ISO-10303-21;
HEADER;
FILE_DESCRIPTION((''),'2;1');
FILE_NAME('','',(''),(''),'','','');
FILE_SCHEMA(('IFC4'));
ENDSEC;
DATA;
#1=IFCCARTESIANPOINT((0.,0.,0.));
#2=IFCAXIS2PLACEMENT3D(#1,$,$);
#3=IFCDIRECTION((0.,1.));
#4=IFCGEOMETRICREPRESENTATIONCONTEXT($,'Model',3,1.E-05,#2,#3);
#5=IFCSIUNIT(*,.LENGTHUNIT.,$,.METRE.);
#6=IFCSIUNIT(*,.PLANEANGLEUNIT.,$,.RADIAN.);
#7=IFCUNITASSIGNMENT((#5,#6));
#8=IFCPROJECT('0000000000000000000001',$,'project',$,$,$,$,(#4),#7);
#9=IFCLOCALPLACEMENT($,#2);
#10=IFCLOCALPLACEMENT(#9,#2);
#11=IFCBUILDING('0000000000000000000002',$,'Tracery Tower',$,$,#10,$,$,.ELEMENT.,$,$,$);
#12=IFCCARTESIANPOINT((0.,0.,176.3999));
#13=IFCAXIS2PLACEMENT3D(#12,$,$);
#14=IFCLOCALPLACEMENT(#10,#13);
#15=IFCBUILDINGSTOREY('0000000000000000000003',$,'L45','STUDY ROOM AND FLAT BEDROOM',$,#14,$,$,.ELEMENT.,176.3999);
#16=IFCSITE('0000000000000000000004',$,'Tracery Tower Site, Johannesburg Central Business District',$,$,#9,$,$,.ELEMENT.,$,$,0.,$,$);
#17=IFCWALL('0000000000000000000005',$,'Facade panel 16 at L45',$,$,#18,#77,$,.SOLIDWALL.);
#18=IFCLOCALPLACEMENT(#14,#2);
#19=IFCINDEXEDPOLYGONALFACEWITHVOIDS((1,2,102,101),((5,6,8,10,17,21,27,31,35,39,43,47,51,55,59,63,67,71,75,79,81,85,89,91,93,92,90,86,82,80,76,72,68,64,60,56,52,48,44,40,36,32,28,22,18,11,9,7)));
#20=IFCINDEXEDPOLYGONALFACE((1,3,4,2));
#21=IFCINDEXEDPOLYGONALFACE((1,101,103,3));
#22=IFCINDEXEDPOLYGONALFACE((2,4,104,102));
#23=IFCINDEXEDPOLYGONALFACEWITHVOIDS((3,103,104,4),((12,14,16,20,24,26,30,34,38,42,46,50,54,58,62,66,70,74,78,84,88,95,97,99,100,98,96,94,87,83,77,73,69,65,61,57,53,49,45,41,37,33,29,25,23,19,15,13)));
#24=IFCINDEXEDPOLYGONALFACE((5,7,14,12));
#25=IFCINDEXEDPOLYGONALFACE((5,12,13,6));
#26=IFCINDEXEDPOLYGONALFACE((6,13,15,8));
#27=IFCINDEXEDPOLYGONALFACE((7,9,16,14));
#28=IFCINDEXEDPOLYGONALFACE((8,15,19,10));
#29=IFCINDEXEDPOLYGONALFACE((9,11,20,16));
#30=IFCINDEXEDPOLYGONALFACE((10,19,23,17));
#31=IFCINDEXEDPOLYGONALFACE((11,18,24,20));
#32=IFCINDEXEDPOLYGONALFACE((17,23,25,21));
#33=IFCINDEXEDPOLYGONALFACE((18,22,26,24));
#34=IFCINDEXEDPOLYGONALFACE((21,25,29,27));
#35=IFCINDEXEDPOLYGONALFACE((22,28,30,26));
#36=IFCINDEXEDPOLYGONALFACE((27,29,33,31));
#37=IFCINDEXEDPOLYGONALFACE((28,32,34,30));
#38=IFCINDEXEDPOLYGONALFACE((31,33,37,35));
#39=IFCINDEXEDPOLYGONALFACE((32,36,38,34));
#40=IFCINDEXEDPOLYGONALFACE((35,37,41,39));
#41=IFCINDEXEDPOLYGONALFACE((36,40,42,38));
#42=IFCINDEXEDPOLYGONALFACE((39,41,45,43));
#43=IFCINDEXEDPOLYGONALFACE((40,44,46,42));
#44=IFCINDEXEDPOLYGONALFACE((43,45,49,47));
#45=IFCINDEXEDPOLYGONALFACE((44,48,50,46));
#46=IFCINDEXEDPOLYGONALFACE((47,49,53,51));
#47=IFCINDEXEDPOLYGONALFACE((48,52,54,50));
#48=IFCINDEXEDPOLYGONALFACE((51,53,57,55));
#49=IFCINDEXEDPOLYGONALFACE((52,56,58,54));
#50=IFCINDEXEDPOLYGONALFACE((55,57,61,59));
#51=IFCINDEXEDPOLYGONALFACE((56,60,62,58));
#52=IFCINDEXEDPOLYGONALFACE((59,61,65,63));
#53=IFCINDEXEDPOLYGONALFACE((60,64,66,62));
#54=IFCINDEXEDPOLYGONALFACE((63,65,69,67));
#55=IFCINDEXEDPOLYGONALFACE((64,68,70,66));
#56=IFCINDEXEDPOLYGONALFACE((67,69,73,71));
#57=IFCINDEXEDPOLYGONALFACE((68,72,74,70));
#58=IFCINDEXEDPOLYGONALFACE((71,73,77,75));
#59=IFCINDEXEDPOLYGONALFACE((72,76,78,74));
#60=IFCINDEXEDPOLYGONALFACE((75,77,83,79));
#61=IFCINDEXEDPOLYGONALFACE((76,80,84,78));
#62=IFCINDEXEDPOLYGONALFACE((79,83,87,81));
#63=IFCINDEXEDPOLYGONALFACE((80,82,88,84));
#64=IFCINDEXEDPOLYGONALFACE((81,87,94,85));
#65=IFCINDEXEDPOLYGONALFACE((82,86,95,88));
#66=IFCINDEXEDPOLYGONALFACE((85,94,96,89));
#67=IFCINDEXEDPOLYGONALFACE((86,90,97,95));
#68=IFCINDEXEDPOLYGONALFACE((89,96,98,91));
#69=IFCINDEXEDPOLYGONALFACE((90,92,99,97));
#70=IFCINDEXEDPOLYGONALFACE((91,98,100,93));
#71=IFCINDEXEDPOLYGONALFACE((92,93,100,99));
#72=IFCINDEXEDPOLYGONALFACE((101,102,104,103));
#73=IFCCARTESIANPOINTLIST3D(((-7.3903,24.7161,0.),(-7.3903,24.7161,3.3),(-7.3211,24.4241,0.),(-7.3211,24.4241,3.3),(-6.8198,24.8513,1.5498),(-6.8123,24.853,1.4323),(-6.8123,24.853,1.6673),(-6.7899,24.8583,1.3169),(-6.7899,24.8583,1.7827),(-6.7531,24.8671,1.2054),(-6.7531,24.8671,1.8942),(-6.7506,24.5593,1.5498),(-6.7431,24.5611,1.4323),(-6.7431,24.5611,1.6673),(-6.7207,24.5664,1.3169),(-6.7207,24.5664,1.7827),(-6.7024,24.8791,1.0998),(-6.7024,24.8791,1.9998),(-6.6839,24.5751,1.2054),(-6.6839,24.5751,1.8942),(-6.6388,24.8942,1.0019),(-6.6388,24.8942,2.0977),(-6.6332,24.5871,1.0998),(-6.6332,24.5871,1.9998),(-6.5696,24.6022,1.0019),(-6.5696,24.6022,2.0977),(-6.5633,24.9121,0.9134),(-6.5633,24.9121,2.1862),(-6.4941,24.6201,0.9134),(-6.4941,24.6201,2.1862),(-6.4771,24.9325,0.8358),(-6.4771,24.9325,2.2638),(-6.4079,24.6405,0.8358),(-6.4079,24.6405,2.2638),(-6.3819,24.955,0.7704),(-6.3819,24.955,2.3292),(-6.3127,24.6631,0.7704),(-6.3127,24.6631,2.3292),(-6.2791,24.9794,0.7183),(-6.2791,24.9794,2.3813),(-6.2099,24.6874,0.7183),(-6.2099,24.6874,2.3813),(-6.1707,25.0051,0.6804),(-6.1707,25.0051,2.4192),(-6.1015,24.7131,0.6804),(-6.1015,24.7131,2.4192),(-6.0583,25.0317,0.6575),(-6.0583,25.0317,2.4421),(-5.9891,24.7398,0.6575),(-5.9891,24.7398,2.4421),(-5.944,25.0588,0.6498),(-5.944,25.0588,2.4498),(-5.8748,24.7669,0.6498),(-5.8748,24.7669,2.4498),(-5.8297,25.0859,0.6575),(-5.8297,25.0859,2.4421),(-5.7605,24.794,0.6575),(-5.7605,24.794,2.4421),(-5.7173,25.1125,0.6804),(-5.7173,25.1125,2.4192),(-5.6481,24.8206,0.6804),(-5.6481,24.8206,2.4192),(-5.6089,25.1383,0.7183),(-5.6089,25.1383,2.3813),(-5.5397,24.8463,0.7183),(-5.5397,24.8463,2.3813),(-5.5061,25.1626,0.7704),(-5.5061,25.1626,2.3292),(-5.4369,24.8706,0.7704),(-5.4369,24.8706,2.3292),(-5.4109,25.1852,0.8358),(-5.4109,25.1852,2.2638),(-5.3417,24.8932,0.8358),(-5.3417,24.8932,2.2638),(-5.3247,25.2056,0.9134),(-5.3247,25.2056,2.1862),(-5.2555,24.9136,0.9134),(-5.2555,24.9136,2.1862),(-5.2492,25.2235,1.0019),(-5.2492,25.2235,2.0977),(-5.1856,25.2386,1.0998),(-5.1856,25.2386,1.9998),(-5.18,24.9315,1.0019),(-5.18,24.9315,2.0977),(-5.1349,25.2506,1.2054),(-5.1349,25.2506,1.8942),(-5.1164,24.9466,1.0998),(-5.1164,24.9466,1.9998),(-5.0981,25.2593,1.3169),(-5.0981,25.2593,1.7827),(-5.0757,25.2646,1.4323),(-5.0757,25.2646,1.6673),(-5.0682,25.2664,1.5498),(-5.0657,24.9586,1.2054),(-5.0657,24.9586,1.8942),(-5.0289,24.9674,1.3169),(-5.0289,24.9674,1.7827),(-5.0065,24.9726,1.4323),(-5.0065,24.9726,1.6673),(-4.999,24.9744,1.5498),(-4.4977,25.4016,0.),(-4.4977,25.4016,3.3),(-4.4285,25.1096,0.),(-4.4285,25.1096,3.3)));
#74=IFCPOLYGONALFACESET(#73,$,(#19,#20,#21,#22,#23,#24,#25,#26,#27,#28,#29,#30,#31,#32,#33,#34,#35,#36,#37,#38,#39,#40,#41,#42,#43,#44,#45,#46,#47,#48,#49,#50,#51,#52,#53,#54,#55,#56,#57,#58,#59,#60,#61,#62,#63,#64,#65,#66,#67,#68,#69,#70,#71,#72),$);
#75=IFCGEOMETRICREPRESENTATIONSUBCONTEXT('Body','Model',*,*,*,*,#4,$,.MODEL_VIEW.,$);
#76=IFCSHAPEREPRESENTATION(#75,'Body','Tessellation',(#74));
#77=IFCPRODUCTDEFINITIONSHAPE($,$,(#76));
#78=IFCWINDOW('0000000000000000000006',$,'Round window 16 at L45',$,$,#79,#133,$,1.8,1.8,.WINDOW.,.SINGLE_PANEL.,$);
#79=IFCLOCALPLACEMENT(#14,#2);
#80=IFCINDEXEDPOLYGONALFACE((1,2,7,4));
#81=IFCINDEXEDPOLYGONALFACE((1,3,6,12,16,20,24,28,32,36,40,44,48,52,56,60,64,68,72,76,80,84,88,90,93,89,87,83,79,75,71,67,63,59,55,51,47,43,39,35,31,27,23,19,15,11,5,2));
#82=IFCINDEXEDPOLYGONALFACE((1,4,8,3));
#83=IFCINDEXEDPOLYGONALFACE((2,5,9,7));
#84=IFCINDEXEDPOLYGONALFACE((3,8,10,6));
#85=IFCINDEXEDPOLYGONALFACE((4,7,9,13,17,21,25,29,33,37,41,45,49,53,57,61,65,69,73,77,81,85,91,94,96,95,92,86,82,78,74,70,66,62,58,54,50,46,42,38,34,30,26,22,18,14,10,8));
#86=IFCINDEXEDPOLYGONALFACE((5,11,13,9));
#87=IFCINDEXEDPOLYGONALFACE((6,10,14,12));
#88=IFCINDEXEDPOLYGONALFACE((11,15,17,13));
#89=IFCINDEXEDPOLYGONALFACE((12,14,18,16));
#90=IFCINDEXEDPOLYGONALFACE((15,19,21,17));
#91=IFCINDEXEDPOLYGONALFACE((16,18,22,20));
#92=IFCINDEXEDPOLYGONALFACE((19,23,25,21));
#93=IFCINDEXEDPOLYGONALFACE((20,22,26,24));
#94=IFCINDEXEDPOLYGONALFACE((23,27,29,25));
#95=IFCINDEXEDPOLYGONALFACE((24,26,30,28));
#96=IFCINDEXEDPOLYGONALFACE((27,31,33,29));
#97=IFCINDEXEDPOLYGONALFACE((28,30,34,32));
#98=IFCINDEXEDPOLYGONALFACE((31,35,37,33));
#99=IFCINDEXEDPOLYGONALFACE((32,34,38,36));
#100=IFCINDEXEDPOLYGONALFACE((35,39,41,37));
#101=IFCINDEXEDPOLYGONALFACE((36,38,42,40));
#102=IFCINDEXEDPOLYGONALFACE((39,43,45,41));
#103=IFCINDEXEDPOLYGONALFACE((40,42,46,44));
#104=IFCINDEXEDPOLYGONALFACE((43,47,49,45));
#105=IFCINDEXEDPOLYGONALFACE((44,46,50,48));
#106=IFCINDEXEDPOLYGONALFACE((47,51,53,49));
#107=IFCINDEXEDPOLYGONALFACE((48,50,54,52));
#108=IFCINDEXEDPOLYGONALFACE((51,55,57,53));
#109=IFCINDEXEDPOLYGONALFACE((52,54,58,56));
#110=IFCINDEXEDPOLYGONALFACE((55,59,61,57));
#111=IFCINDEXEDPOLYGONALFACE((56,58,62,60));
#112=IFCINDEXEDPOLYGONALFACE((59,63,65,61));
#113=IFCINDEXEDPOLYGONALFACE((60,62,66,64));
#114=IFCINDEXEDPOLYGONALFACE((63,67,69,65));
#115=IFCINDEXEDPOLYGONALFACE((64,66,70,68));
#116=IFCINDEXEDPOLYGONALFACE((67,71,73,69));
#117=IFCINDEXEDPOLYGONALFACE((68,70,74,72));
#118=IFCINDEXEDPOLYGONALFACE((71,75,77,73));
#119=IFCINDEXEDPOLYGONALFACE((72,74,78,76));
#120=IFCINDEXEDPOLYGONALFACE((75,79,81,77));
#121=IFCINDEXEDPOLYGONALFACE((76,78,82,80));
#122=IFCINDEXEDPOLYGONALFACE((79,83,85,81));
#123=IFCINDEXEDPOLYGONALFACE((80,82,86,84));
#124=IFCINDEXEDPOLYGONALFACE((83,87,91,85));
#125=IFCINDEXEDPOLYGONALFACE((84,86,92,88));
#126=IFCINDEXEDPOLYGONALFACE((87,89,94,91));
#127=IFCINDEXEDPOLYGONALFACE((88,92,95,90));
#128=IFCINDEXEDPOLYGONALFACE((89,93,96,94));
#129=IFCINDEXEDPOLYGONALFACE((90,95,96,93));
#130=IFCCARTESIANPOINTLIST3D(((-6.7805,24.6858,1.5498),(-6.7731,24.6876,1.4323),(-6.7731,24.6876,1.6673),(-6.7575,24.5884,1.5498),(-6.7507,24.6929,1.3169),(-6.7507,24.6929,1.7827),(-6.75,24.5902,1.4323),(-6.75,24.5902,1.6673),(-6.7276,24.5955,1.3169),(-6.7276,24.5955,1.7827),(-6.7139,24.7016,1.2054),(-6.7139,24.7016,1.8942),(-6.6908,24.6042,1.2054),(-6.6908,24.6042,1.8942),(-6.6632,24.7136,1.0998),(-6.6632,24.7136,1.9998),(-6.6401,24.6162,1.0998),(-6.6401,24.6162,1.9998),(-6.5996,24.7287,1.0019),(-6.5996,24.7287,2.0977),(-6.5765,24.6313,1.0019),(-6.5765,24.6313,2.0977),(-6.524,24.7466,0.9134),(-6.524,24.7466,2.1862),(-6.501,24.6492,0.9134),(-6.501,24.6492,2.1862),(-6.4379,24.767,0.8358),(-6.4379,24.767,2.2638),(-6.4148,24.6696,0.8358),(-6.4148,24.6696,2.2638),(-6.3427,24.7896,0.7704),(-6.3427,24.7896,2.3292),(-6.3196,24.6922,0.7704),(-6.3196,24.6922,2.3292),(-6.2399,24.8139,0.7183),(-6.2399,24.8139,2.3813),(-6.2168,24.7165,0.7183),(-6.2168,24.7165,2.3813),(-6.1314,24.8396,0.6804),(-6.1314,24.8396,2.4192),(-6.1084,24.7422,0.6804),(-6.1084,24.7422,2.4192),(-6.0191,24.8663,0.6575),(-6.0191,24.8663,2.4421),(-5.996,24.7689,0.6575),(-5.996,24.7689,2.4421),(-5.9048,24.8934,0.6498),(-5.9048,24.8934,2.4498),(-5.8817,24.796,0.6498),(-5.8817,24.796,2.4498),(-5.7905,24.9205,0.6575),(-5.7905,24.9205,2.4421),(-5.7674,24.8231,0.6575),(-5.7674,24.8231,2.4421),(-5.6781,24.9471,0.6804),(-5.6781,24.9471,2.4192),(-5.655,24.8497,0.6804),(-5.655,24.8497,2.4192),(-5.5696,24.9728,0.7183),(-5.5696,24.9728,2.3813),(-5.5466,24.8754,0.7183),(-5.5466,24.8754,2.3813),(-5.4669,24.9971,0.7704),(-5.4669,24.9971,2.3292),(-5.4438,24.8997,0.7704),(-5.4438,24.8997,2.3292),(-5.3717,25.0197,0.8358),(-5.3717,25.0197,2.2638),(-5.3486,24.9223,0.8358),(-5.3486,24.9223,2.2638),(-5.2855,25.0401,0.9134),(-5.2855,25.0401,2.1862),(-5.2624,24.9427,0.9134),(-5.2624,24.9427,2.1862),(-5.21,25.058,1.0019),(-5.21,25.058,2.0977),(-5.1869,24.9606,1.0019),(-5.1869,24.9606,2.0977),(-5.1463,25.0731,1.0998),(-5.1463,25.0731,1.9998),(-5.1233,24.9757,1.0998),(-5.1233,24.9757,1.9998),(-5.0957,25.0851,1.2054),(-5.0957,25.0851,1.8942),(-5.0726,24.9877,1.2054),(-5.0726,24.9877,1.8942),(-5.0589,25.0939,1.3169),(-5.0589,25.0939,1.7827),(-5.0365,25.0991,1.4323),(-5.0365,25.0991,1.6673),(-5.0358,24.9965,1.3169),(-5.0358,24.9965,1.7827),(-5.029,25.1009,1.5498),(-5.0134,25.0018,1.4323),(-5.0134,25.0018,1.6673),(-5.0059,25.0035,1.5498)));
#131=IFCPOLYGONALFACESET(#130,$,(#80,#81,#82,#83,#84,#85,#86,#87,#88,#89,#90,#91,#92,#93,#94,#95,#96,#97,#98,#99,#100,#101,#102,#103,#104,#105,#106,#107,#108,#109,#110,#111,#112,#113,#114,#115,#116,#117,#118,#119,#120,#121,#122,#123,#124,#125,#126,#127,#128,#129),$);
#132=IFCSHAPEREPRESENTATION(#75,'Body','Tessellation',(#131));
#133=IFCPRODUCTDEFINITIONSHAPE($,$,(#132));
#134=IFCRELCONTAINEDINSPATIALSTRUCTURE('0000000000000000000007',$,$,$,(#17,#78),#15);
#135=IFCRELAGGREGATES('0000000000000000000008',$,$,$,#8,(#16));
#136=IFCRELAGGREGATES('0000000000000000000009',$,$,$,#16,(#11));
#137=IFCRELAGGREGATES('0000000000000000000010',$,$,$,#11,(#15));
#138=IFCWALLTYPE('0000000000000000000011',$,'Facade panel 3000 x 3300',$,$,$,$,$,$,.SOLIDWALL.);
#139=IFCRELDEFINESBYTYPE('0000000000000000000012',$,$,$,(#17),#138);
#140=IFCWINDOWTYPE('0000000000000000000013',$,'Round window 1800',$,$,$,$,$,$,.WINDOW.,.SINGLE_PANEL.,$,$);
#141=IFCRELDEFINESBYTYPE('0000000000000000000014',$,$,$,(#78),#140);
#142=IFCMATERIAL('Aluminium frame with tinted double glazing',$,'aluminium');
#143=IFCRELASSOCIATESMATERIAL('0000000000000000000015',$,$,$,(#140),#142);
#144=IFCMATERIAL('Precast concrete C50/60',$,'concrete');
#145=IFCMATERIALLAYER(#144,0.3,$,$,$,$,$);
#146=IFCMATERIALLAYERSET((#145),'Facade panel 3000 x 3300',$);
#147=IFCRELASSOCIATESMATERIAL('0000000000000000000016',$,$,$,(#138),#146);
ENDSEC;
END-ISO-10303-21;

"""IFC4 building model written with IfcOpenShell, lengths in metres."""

from ifc_helpers import new_model, si_unit, direction, frame, frame_2d, origin, origin_2d, place, context, subcontext, project, spatial, rectangle, circle, extrude, material, layer, layer_set, type_object, element, fill, save


model = new_model("IFC4")

# Units and contexts
model_context = context("Model", 3, precision=1e-05, world=origin(), true_north=direction((0.0, 1.0)))
body_context = subcontext(model_context, "Body", "Model", "MODEL_VIEW")
ifc_project = project(units=[si_unit("LENGTHUNIT", "METRE"), si_unit("PLANEANGLEUNIT", "RADIAN")], contexts=[model_context])

# Site, building, storey
site_placement = place(None, origin())
site = spatial("IfcSite", under=ifc_project, at=site_placement, Name="Tracery Tower Site, Johannesburg Central Business District", CompositionType="ELEMENT", RefElevation=0.0)
building_placement = place(site_placement, origin())
building = spatial("IfcBuilding", under=site, at=building_placement, Name="Tracery Tower", CompositionType="ELEMENT")
storey_placement = place(building_placement, frame((0.0, 0.0, 176.3999)))
storey = spatial("IfcBuildingStorey", under=building, at=storey_placement, Name="L45", Description="STUDY ROOM AND FLAT BEDROOM", CompositionType="ELEMENT", Elevation=176.3999)

# Wall, opening, window
ifc_material_1 = material(Name="Aluminium frame with tinted double glazing", Category="aluminium")
window_type = type_object("IfcWindowType", Name="Round window 1800", PartitioningType="SINGLE_PANEL", PredefinedType="WINDOW", material=ifc_material_1)
ifc_material_2 = material(Name="Precast concrete C50/60", Category="concrete")
ifc_layer_1 = layer(ifc_material_2, 0.3)
ifc_layer_set_1 = layer_set([ifc_layer_1], Name="Facade panel 3000 x 3300")
wall_type_1 = type_object("IfcWallType", Name="Facade panel 3000 x 3300", PredefinedType="SOLIDWALL", material=ifc_layer_set_1)
wall_1_placement = place(storey_placement, frame((-4.4631, 25.2556, 0.0), z_axis=(0.0, 0.0, 1.0), x_axis=(-0.973045, -0.230614, 0.0)))
wall_1 = element("IfcWall", 1, at=wall_1_placement, inside=storey, type_object=wall_type_1, Name="Facade panel 16 at L45", PredefinedType="SOLIDWALL", context=body_context, shape_type="SweptSolid", body=[
    extrude(rectangle(XDim=2.9727, YDim=0.3, at=frame_2d((1.4863, 0.0))), origin(), (0.0, 0.0, 1.0), 3.3),
])
opening_1_placement = place(wall_1_placement, frame((1.4863, 0.0, 1.5498)))
opening_1 = element("IfcOpeningElement", 2, at=opening_1_placement, cuts=wall_1, PredefinedType="OPENING", context=body_context, shape_type="SweptSolid", body=[
    extrude(circle(Radius=0.9, at=origin_2d()), frame((0.0, 0.1599, 0.0), z_axis=(0.0, -1.0, 0.0), x_axis=(1.0, 0.0, 0.0)), (0.0, 0.0, 1.0), 0.3201),
])
window_1_placement = place(opening_1_placement, origin())
window_1 = element("IfcWindow", 3, at=window_1_placement, inside=storey, type_object=window_type, Name="Round window 16 at L45", OverallHeight=1.8, OverallWidth=1.8, PartitioningType="SINGLE_PANEL", PredefinedType="WINDOW", context=body_context, shape_type="SweptSolid", body=[
    extrude(circle(Radius=0.9, at=origin_2d()), frame((0.0, 0.1201, 0.0), z_axis=(0.0, -1.0, 0.0), x_axis=(1.0, 0.0, 0.0)), (0.0, 0.0, 1.0), 0.1001),
])
fill(opening_1, window_1)

save(model, "model.ifc")
